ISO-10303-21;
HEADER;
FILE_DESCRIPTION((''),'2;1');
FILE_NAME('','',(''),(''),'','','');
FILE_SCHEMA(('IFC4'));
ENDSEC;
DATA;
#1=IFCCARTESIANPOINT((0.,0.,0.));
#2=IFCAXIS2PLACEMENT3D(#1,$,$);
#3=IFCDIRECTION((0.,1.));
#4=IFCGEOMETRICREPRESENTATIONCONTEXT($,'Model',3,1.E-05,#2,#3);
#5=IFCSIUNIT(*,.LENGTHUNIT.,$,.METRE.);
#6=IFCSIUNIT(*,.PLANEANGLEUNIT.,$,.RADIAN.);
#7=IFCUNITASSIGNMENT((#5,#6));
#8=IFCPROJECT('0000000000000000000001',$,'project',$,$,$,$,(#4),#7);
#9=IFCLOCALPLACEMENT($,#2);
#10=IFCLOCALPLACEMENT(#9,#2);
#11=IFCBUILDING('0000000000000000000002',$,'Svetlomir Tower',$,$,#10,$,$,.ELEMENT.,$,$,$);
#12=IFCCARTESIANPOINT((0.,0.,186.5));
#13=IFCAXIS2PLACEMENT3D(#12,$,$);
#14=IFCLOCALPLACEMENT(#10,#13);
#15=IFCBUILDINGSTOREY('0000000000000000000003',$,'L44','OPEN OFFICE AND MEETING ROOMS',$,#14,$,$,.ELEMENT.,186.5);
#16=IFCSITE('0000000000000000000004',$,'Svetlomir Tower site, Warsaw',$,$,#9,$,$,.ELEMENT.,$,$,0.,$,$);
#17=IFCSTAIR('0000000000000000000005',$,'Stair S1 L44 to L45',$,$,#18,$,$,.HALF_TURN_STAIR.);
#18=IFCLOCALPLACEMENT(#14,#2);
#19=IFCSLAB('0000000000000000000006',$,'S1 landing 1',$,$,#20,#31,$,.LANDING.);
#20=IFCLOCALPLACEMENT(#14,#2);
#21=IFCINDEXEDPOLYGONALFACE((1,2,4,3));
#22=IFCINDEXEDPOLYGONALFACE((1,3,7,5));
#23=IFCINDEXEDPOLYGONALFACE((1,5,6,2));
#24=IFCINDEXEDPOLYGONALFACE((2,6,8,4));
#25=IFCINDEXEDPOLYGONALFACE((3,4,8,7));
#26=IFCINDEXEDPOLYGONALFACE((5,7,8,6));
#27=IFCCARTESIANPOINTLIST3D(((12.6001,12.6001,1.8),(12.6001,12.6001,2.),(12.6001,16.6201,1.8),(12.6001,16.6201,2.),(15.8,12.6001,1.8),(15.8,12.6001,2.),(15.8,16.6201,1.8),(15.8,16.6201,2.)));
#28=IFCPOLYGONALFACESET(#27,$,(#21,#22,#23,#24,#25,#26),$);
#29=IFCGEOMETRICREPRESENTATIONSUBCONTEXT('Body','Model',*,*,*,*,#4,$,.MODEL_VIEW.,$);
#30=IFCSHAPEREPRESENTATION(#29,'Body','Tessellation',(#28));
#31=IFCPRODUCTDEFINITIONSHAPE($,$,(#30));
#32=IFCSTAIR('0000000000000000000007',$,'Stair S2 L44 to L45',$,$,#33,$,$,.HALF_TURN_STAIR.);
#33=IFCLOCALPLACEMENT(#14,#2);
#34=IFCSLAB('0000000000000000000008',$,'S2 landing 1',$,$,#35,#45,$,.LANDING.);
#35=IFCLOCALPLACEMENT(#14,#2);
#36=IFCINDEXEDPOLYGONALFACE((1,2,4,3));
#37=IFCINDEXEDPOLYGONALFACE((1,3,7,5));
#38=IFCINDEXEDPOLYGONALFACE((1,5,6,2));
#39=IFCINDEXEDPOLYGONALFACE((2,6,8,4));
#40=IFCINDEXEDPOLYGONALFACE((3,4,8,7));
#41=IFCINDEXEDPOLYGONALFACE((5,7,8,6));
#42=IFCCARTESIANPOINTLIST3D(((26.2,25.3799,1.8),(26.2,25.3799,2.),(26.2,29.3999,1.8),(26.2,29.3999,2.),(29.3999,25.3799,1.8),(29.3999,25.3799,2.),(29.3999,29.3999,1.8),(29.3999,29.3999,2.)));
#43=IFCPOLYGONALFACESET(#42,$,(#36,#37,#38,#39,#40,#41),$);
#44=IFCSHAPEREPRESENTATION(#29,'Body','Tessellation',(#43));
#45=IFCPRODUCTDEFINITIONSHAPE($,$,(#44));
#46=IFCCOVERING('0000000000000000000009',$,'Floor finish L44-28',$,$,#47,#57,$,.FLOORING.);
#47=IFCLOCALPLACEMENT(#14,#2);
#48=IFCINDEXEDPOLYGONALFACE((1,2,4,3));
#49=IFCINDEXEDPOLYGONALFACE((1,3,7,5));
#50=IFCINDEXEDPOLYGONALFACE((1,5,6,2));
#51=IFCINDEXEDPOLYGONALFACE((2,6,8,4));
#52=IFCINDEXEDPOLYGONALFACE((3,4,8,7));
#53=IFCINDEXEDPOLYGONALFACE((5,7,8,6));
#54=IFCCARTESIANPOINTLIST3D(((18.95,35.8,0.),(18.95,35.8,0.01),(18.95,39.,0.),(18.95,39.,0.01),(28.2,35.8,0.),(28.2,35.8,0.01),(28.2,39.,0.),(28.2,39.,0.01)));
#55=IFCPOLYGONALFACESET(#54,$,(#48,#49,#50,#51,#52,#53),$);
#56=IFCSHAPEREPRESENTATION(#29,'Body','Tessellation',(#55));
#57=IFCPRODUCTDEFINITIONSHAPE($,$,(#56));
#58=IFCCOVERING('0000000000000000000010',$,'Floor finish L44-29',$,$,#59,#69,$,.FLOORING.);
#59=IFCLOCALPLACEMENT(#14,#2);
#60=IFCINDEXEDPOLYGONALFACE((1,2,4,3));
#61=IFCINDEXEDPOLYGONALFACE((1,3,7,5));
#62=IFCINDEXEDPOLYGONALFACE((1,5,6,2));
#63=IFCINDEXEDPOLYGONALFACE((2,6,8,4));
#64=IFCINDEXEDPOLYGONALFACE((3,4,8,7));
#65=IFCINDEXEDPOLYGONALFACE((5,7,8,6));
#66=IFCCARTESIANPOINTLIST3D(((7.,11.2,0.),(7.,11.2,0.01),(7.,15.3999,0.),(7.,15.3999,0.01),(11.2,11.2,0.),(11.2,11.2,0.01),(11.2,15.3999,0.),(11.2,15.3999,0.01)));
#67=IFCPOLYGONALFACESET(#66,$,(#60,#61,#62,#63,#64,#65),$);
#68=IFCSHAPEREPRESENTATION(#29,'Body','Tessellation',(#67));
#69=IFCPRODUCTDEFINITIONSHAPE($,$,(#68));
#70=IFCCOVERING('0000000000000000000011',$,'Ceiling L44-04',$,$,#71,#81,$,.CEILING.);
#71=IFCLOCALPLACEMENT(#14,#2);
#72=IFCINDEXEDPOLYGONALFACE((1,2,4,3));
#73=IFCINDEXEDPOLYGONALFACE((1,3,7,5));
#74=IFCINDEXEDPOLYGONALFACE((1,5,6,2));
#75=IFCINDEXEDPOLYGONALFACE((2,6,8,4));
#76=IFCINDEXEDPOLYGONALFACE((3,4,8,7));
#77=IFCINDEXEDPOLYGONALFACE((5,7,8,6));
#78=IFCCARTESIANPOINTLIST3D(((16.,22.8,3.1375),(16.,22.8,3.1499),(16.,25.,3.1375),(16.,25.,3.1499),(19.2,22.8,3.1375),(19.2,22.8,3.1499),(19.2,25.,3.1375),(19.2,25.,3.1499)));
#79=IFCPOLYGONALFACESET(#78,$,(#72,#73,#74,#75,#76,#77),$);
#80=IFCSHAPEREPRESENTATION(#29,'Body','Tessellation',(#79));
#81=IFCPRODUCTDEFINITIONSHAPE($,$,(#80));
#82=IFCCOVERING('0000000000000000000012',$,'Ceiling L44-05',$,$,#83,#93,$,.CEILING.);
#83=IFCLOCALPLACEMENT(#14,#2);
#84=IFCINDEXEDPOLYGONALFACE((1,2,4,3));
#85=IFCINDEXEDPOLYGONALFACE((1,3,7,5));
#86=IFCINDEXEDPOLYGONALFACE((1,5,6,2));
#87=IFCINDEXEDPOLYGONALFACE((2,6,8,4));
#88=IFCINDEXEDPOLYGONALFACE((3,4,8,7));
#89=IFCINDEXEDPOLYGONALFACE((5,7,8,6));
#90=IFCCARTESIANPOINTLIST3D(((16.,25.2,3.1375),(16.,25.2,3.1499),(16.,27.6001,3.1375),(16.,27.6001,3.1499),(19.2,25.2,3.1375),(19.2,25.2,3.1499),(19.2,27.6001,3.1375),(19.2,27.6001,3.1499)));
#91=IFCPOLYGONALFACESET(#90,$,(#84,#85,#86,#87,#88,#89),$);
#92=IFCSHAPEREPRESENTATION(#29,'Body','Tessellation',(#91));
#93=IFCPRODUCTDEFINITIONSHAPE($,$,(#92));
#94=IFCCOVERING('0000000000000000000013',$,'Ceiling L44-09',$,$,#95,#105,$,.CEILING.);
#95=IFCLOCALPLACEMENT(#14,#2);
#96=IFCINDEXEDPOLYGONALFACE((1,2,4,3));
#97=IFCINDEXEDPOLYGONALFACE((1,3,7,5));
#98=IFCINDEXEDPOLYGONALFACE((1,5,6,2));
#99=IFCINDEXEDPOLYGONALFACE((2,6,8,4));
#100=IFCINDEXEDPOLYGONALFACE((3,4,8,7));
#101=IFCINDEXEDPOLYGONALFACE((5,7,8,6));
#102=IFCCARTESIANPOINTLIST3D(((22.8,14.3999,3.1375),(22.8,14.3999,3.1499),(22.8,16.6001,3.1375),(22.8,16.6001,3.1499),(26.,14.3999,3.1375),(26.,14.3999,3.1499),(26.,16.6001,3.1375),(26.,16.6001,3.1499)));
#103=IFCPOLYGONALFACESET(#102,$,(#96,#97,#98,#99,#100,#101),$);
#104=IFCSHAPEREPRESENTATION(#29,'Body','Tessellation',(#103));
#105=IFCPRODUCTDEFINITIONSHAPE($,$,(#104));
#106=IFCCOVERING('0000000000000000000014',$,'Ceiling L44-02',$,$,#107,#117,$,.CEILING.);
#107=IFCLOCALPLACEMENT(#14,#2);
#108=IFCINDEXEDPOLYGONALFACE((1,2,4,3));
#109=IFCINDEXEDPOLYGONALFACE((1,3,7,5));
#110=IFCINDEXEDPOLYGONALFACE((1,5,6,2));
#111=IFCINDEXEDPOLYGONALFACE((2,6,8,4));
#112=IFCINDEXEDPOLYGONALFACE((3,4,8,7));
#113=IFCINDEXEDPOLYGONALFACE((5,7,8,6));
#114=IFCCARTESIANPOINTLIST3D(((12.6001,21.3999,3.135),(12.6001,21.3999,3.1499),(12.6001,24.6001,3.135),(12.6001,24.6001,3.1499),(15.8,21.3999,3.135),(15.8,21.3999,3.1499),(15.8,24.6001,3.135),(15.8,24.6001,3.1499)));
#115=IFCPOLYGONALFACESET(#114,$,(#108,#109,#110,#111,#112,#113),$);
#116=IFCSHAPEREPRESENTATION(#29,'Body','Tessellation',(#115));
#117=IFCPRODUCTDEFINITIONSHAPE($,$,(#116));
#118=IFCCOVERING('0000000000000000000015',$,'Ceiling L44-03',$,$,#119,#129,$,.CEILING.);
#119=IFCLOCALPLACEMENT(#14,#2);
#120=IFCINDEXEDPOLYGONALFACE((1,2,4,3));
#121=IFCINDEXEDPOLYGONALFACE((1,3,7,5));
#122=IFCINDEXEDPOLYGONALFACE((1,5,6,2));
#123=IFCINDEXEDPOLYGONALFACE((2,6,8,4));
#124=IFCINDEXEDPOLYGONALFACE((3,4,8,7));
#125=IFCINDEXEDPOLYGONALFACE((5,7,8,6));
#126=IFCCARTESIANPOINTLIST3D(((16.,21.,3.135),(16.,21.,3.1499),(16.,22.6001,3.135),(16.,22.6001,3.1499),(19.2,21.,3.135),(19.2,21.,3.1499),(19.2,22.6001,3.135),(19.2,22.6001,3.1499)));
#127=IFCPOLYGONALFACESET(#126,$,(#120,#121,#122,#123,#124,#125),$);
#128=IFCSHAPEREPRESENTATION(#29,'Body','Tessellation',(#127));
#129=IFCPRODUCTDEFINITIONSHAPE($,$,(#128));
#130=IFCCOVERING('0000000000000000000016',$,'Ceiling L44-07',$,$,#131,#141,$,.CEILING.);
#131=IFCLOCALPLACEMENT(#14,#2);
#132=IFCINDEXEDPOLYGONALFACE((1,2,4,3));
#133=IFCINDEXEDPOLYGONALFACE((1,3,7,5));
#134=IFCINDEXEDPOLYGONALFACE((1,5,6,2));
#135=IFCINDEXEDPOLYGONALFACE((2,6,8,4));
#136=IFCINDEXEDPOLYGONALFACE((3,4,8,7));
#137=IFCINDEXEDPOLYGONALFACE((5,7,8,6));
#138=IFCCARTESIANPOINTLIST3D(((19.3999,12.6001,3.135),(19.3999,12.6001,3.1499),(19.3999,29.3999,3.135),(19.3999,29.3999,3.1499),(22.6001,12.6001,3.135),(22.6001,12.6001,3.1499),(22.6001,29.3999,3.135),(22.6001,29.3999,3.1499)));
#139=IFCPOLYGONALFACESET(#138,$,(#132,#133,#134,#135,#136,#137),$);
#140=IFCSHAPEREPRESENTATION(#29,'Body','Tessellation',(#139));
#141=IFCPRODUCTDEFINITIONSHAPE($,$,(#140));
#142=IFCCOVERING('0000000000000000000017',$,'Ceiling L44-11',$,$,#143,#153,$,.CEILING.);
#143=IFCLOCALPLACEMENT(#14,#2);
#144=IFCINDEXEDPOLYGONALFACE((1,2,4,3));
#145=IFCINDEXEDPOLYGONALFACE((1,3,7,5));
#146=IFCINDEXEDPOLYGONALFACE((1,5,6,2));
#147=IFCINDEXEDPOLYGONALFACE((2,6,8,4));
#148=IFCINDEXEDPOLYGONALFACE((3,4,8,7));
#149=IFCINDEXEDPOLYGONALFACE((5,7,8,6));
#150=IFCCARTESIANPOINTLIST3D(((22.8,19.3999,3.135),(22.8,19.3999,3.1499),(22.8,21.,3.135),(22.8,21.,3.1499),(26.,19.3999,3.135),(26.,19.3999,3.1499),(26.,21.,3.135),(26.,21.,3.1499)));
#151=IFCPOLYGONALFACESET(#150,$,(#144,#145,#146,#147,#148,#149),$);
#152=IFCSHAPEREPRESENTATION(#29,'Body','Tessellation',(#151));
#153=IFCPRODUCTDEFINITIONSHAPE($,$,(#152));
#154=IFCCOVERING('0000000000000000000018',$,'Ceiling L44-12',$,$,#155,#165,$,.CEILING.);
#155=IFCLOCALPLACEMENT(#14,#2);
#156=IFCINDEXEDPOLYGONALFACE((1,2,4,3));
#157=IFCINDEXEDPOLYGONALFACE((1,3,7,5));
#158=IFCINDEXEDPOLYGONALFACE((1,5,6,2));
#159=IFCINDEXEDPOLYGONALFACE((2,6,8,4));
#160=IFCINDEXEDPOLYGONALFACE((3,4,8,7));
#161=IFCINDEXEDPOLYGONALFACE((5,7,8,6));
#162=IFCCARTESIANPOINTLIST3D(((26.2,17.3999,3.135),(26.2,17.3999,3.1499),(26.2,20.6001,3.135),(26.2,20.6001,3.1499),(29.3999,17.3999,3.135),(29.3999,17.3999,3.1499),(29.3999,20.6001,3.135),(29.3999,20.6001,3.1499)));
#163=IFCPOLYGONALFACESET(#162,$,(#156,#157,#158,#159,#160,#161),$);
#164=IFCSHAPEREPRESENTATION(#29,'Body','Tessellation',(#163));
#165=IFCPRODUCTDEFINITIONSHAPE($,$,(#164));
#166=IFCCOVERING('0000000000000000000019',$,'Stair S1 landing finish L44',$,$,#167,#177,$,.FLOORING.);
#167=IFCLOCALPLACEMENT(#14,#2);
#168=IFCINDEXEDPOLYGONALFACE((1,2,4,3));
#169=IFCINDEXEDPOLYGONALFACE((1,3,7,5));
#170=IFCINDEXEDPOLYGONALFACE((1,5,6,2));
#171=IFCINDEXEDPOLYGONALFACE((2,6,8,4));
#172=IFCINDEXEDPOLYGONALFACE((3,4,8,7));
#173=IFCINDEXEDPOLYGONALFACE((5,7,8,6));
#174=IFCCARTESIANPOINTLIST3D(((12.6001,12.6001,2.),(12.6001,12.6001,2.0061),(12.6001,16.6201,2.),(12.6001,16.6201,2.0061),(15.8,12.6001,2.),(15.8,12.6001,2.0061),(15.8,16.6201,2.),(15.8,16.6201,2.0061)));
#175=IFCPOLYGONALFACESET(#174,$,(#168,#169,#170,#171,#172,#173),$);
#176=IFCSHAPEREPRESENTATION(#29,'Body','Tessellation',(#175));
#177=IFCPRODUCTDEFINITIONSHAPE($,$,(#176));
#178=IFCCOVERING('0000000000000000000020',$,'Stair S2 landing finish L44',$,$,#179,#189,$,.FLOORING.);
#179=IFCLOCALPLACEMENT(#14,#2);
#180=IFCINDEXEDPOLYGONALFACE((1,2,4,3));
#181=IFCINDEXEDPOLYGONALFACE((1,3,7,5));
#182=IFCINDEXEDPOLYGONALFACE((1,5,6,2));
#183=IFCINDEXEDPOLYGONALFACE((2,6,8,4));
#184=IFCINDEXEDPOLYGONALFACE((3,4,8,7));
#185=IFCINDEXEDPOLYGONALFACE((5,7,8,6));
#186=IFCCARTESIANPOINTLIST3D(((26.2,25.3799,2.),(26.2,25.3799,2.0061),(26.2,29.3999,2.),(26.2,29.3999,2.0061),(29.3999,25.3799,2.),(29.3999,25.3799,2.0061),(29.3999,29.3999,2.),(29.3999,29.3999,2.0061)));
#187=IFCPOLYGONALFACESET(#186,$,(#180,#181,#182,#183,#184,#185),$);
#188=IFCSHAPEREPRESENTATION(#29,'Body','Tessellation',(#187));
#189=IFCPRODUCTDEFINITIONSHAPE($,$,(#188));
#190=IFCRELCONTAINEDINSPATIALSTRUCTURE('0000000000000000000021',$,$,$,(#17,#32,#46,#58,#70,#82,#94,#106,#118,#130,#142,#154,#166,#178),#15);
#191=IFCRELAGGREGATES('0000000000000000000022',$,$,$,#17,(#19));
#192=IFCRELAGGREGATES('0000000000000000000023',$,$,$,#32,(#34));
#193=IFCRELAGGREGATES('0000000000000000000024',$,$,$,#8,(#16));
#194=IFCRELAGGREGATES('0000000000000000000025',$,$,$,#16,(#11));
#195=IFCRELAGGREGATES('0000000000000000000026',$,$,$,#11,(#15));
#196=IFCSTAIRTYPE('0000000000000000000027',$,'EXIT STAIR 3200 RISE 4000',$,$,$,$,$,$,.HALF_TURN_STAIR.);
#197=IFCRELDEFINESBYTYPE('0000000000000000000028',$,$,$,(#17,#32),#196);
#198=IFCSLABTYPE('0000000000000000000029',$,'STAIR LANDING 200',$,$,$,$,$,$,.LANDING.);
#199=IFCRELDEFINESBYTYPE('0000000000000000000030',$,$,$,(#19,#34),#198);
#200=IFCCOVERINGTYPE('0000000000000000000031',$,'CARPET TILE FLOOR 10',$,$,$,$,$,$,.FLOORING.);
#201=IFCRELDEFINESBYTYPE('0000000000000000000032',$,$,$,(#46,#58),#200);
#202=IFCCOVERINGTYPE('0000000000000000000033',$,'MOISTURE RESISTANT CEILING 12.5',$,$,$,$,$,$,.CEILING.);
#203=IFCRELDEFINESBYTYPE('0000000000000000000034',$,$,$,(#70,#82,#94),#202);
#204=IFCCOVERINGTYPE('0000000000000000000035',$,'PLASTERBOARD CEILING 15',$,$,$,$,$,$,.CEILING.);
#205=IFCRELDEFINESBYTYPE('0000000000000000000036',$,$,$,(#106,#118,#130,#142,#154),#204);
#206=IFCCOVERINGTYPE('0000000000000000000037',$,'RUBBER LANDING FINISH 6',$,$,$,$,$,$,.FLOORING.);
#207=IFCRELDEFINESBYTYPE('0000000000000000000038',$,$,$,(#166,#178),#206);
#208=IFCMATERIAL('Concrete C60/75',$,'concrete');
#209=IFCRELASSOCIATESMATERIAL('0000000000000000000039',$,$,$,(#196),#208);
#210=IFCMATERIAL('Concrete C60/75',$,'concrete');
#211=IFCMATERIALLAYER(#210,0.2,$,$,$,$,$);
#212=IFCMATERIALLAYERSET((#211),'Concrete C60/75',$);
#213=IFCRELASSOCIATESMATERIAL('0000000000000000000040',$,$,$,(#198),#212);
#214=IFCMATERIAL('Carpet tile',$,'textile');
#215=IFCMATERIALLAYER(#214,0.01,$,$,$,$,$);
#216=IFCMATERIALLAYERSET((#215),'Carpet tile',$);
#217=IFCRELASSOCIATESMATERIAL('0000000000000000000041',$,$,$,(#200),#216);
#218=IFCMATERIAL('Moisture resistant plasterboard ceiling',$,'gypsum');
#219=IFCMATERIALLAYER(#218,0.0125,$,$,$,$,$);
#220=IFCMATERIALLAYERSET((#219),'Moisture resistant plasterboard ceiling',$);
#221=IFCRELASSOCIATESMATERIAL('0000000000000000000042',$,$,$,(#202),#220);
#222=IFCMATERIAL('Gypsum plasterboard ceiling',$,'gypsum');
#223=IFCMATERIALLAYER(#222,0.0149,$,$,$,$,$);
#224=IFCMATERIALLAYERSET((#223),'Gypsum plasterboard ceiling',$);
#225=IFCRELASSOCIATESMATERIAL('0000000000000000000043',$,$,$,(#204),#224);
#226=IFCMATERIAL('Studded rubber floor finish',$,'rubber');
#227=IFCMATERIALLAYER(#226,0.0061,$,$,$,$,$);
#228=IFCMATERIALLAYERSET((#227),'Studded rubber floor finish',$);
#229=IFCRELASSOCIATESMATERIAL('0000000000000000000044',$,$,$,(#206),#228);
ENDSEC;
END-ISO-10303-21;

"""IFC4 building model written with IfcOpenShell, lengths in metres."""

from ifc_helpers import new_model, si_unit, direction, frame, origin, place, context, subcontext, project, spatial, polyline, outline, extrude, material, layer, layer_set, type_object, element, aggregate, save


model = new_model("IFC4")

# Units and contexts
model_context = context("Model", 3, precision=1e-05, world=origin(), true_north=direction((0.0, 1.0)))
body_context = subcontext(model_context, "Body", "Model", "MODEL_VIEW")
ifc_project = project(units=[si_unit("LENGTHUNIT", "METRE"), si_unit("PLANEANGLEUNIT", "RADIAN")], contexts=[model_context])

# Site, building, storey
site_placement = place(None, origin())
site = spatial("IfcSite", under=ifc_project, at=site_placement, Name="Svetlomir Tower site, Warsaw", CompositionType="ELEMENT", RefElevation=0.0)
building_placement = place(site_placement, origin())
building = spatial("IfcBuilding", under=site, at=building_placement, Name="Svetlomir Tower", CompositionType="ELEMENT")
storey_placement = place(building_placement, frame((0.0, 0.0, 186.5)))
storey = spatial("IfcBuildingStorey", under=building, at=storey_placement, Name="L44", Description="OPEN OFFICE AND MEETING ROOMS", CompositionType="ELEMENT", Elevation=186.5)

# Stairs, slabs
ifc_material_1 = material(Name="Concrete C60/75", Category="concrete")
stair_type = type_object("IfcStairType", Name="EXIT STAIR 3200 RISE 4000", PredefinedType="HALF_TURN_STAIR", material=ifc_material_1)
stair_1_placement = place(storey_placement, origin())
stair_1 = element("IfcStair", 1, at=stair_1_placement, inside=storey, type_object=stair_type, Name="Stair S1 L44 to L45", PredefinedType="HALF_TURN_STAIR")
ifc_material_2 = material(Name="Concrete C60/75", Category="concrete")
ifc_layer_1 = layer(ifc_material_2, 0.2)
ifc_layer_set_1 = layer_set([ifc_layer_1], Name="Concrete C60/75")
slab_type = type_object("IfcSlabType", Name="STAIR LANDING 200", PredefinedType="LANDING", material=ifc_layer_set_1)
slab_1_placement = place(storey_placement, frame((0.0, 0.0, 1.8)))
slab_1 = element("IfcSlab", 2, at=slab_1_placement, type_object=slab_type, Name="S1 landing 1", PredefinedType="LANDING", context=body_context, shape_type="SweptSolid", body=[
    extrude(outline(polyline([(12.6001, 12.6001), (15.8, 12.6001), (15.8, 16.6201), (12.6001, 16.6201), (12.6001, 12.6001)])), origin(), (0.0, 0.0, 1.0), 0.2),
])
aggregate(stair_1, [slab_1])
stair_2_placement = place(storey_placement, origin())
stair_2 = element("IfcStair", 3, at=stair_2_placement, inside=storey, type_object=stair_type, Name="Stair S2 L44 to L45", PredefinedType="HALF_TURN_STAIR")
slab_2_placement = place(storey_placement, frame((0.0, 0.0, 1.8)))
slab_2 = element("IfcSlab", 4, at=slab_2_placement, type_object=slab_type, Name="S2 landing 1", PredefinedType="LANDING", context=body_context, shape_type="SweptSolid", body=[
    extrude(outline(polyline([(26.2, 25.3799), (29.3999, 25.3799), (29.3999, 29.3999), (26.2, 29.3999), (26.2, 25.3799)])), origin(), (0.0, 0.0, 1.0), 0.2),
])
aggregate(stair_2, [slab_2])

# Coverings
ifc_material_3 = material(Name="Carpet tile", Category="textile")
ifc_layer_2 = layer(ifc_material_3, 0.01)
ifc_layer_set_2 = layer_set([ifc_layer_2], Name="Carpet tile")
covering_type_1 = type_object("IfcCoveringType", Name="CARPET TILE FLOOR 10", PredefinedType="FLOORING", material=ifc_layer_set_2)
covering_1_placement = place(storey_placement, origin())
element("IfcCovering", 5, at=covering_1_placement, inside=storey, type_object=covering_type_1, Name="Floor finish L44-28", PredefinedType="FLOORING", context=body_context, shape_type="SweptSolid", body=[
    extrude(outline(polyline([(18.95, 35.8), (28.2, 35.8), (28.2, 39.0), (18.95, 39.0), (18.95, 35.8)])), origin(), (0.0, 0.0, 1.0), 0.01),
])
covering_2_placement = place(storey_placement, origin())
element("IfcCovering", 6, at=covering_2_placement, inside=storey, type_object=covering_type_1, Name="Floor finish L44-29", PredefinedType="FLOORING", context=body_context, shape_type="SweptSolid", body=[
    extrude(outline(polyline([(7.0, 11.2), (11.2, 11.2), (11.2, 15.3999), (7.0, 15.3999), (7.0, 11.2)])), origin(), (0.0, 0.0, 1.0), 0.01),
])
ifc_material_4 = material(Name="Moisture resistant plasterboard ceiling", Category="gypsum")
ifc_layer_3 = layer(ifc_material_4, 0.0125)
ifc_layer_set_3 = layer_set([ifc_layer_3], Name="Moisture resistant plasterboard ceiling")
covering_type_2 = type_object("IfcCoveringType", Name="MOISTURE RESISTANT CEILING 12.5", PredefinedType="CEILING", material=ifc_layer_set_3)
covering_3_placement = place(storey_placement, frame((0.0, 0.0, 3.1375)))
element("IfcCovering", 7, at=covering_3_placement, inside=storey, type_object=covering_type_2, Name="Ceiling L44-04", PredefinedType="CEILING", context=body_context, shape_type="SweptSolid", body=[
    extrude(outline(polyline([(16.0, 22.8), (19.2, 22.8), (19.2, 25.0), (16.0, 25.0), (16.0, 22.8)])), origin(), (0.0, 0.0, 1.0), 0.0125),
])
covering_4_placement = place(storey_placement, frame((0.0, 0.0, 3.1375)))
element("IfcCovering", 8, at=covering_4_placement, inside=storey, type_object=covering_type_2, Name="Ceiling L44-05", PredefinedType="CEILING", context=body_context, shape_type="SweptSolid", body=[
    extrude(outline(polyline([(16.0, 25.2), (19.2, 25.2), (19.2, 27.6001), (16.0, 27.6001), (16.0, 25.2)])), origin(), (0.0, 0.0, 1.0), 0.0125),
])
covering_5_placement = place(storey_placement, frame((0.0, 0.0, 3.1375)))
element("IfcCovering", 9, at=covering_5_placement, inside=storey, type_object=covering_type_2, Name="Ceiling L44-09", PredefinedType="CEILING", context=body_context, shape_type="SweptSolid", body=[
    extrude(outline(polyline([(22.8, 14.3999), (26.0, 14.3999), (26.0, 16.6001), (22.8, 16.6001), (22.8, 14.3999)])), origin(), (0.0, 0.0, 1.0), 0.0125),
])
ifc_material_5 = material(Name="Gypsum plasterboard ceiling", Category="gypsum")
ifc_layer_4 = layer(ifc_material_5, 0.0149)
ifc_layer_set_4 = layer_set([ifc_layer_4], Name="Gypsum plasterboard ceiling")
covering_type_3 = type_object("IfcCoveringType", Name="PLASTERBOARD CEILING 15", PredefinedType="CEILING", material=ifc_layer_set_4)
covering_6_placement = place(storey_placement, frame((0.0, 0.0, 3.135)))
element("IfcCovering", 10, at=covering_6_placement, inside=storey, type_object=covering_type_3, Name="Ceiling L44-02", PredefinedType="CEILING", context=body_context, shape_type="SweptSolid", body=[
    extrude(outline(polyline([(12.6001, 21.3999), (15.8, 21.3999), (15.8, 24.6001), (12.6001, 24.6001), (12.6001, 21.3999)])), origin(), (0.0, 0.0, 1.0), 0.0149),
])
covering_7_placement = place(storey_placement, frame((0.0, 0.0, 3.135)))
element("IfcCovering", 11, at=covering_7_placement, inside=storey, type_object=covering_type_3, Name="Ceiling L44-03", PredefinedType="CEILING", context=body_context, shape_type="SweptSolid", body=[
    extrude(outline(polyline([(16.0, 21.0), (19.2, 21.0), (19.2, 22.6001), (16.0, 22.6001), (16.0, 21.0)])), origin(), (0.0, 0.0, 1.0), 0.0149),
])
covering_8_placement = place(storey_placement, frame((0.0, 0.0, 3.135)))
element("IfcCovering", 12, at=covering_8_placement, inside=storey, type_object=covering_type_3, Name="Ceiling L44-07", PredefinedType="CEILING", context=body_context, shape_type="SweptSolid", body=[
    extrude(outline(polyline([(19.3999, 12.6001), (22.6001, 12.6001), (22.6001, 29.3999), (19.3999, 29.3999), (19.3999, 12.6001)])), origin(), (0.0, 0.0, 1.0), 0.0149),
])
covering_9_placement = place(storey_placement, frame((0.0, 0.0, 3.135)))
element("IfcCovering", 13, at=covering_9_placement, inside=storey, type_object=covering_type_3, Name="Ceiling L44-11", PredefinedType="CEILING", context=body_context, shape_type="SweptSolid", body=[
    extrude(outline(polyline([(22.8, 19.3999), (26.0, 19.3999), (26.0, 21.0), (22.8, 21.0), (22.8, 19.3999)])), origin(), (0.0, 0.0, 1.0), 0.0149),
])
covering_10_placement = place(storey_placement, frame((0.0, 0.0, 3.135)))
element("IfcCovering", 14, at=covering_10_placement, inside=storey, type_object=covering_type_3, Name="Ceiling L44-12", PredefinedType="CEILING", context=body_context, shape_type="SweptSolid", body=[
    extrude(outline(polyline([(26.2, 17.3999), (29.3999, 17.3999), (29.3999, 20.6001), (26.2, 20.6001), (26.2, 17.3999)])), origin(), (0.0, 0.0, 1.0), 0.0149),
])
ifc_material_6 = material(Name="Studded rubber floor finish", Category="rubber")
ifc_layer_5 = layer(ifc_material_6, 0.0061)
ifc_layer_set_5 = layer_set([ifc_layer_5], Name="Studded rubber floor finish")
covering_type_4 = type_object("IfcCoveringType", Name="RUBBER LANDING FINISH 6", PredefinedType="FLOORING", material=ifc_layer_set_5)
covering_11_placement = place(storey_placement, frame((0.0, 0.0, 2.0)))
element("IfcCovering", 15, at=covering_11_placement, inside=storey, type_object=covering_type_4, Name="Stair S1 landing finish L44", PredefinedType="FLOORING", context=body_context, shape_type="SweptSolid", body=[
    extrude(outline(polyline([(12.6001, 12.6001), (15.8, 12.6001), (15.8, 16.6201), (12.6001, 16.6201), (12.6001, 12.6001)])), origin(), (0.0, 0.0, 1.0), 0.0061),
])
covering_12_placement = place(storey_placement, frame((0.0, 0.0, 2.0)))
element("IfcCovering", 16, at=covering_12_placement, inside=storey, type_object=covering_type_4, Name="Stair S2 landing finish L44", PredefinedType="FLOORING", context=body_context, shape_type="SweptSolid", body=[
    extrude(outline(polyline([(26.2, 25.3799), (29.3999, 25.3799), (29.3999, 29.3999), (26.2, 29.3999), (26.2, 25.3799)])), origin(), (0.0, 0.0, 1.0), 0.0061),
])

save(model, "model.ifc")
